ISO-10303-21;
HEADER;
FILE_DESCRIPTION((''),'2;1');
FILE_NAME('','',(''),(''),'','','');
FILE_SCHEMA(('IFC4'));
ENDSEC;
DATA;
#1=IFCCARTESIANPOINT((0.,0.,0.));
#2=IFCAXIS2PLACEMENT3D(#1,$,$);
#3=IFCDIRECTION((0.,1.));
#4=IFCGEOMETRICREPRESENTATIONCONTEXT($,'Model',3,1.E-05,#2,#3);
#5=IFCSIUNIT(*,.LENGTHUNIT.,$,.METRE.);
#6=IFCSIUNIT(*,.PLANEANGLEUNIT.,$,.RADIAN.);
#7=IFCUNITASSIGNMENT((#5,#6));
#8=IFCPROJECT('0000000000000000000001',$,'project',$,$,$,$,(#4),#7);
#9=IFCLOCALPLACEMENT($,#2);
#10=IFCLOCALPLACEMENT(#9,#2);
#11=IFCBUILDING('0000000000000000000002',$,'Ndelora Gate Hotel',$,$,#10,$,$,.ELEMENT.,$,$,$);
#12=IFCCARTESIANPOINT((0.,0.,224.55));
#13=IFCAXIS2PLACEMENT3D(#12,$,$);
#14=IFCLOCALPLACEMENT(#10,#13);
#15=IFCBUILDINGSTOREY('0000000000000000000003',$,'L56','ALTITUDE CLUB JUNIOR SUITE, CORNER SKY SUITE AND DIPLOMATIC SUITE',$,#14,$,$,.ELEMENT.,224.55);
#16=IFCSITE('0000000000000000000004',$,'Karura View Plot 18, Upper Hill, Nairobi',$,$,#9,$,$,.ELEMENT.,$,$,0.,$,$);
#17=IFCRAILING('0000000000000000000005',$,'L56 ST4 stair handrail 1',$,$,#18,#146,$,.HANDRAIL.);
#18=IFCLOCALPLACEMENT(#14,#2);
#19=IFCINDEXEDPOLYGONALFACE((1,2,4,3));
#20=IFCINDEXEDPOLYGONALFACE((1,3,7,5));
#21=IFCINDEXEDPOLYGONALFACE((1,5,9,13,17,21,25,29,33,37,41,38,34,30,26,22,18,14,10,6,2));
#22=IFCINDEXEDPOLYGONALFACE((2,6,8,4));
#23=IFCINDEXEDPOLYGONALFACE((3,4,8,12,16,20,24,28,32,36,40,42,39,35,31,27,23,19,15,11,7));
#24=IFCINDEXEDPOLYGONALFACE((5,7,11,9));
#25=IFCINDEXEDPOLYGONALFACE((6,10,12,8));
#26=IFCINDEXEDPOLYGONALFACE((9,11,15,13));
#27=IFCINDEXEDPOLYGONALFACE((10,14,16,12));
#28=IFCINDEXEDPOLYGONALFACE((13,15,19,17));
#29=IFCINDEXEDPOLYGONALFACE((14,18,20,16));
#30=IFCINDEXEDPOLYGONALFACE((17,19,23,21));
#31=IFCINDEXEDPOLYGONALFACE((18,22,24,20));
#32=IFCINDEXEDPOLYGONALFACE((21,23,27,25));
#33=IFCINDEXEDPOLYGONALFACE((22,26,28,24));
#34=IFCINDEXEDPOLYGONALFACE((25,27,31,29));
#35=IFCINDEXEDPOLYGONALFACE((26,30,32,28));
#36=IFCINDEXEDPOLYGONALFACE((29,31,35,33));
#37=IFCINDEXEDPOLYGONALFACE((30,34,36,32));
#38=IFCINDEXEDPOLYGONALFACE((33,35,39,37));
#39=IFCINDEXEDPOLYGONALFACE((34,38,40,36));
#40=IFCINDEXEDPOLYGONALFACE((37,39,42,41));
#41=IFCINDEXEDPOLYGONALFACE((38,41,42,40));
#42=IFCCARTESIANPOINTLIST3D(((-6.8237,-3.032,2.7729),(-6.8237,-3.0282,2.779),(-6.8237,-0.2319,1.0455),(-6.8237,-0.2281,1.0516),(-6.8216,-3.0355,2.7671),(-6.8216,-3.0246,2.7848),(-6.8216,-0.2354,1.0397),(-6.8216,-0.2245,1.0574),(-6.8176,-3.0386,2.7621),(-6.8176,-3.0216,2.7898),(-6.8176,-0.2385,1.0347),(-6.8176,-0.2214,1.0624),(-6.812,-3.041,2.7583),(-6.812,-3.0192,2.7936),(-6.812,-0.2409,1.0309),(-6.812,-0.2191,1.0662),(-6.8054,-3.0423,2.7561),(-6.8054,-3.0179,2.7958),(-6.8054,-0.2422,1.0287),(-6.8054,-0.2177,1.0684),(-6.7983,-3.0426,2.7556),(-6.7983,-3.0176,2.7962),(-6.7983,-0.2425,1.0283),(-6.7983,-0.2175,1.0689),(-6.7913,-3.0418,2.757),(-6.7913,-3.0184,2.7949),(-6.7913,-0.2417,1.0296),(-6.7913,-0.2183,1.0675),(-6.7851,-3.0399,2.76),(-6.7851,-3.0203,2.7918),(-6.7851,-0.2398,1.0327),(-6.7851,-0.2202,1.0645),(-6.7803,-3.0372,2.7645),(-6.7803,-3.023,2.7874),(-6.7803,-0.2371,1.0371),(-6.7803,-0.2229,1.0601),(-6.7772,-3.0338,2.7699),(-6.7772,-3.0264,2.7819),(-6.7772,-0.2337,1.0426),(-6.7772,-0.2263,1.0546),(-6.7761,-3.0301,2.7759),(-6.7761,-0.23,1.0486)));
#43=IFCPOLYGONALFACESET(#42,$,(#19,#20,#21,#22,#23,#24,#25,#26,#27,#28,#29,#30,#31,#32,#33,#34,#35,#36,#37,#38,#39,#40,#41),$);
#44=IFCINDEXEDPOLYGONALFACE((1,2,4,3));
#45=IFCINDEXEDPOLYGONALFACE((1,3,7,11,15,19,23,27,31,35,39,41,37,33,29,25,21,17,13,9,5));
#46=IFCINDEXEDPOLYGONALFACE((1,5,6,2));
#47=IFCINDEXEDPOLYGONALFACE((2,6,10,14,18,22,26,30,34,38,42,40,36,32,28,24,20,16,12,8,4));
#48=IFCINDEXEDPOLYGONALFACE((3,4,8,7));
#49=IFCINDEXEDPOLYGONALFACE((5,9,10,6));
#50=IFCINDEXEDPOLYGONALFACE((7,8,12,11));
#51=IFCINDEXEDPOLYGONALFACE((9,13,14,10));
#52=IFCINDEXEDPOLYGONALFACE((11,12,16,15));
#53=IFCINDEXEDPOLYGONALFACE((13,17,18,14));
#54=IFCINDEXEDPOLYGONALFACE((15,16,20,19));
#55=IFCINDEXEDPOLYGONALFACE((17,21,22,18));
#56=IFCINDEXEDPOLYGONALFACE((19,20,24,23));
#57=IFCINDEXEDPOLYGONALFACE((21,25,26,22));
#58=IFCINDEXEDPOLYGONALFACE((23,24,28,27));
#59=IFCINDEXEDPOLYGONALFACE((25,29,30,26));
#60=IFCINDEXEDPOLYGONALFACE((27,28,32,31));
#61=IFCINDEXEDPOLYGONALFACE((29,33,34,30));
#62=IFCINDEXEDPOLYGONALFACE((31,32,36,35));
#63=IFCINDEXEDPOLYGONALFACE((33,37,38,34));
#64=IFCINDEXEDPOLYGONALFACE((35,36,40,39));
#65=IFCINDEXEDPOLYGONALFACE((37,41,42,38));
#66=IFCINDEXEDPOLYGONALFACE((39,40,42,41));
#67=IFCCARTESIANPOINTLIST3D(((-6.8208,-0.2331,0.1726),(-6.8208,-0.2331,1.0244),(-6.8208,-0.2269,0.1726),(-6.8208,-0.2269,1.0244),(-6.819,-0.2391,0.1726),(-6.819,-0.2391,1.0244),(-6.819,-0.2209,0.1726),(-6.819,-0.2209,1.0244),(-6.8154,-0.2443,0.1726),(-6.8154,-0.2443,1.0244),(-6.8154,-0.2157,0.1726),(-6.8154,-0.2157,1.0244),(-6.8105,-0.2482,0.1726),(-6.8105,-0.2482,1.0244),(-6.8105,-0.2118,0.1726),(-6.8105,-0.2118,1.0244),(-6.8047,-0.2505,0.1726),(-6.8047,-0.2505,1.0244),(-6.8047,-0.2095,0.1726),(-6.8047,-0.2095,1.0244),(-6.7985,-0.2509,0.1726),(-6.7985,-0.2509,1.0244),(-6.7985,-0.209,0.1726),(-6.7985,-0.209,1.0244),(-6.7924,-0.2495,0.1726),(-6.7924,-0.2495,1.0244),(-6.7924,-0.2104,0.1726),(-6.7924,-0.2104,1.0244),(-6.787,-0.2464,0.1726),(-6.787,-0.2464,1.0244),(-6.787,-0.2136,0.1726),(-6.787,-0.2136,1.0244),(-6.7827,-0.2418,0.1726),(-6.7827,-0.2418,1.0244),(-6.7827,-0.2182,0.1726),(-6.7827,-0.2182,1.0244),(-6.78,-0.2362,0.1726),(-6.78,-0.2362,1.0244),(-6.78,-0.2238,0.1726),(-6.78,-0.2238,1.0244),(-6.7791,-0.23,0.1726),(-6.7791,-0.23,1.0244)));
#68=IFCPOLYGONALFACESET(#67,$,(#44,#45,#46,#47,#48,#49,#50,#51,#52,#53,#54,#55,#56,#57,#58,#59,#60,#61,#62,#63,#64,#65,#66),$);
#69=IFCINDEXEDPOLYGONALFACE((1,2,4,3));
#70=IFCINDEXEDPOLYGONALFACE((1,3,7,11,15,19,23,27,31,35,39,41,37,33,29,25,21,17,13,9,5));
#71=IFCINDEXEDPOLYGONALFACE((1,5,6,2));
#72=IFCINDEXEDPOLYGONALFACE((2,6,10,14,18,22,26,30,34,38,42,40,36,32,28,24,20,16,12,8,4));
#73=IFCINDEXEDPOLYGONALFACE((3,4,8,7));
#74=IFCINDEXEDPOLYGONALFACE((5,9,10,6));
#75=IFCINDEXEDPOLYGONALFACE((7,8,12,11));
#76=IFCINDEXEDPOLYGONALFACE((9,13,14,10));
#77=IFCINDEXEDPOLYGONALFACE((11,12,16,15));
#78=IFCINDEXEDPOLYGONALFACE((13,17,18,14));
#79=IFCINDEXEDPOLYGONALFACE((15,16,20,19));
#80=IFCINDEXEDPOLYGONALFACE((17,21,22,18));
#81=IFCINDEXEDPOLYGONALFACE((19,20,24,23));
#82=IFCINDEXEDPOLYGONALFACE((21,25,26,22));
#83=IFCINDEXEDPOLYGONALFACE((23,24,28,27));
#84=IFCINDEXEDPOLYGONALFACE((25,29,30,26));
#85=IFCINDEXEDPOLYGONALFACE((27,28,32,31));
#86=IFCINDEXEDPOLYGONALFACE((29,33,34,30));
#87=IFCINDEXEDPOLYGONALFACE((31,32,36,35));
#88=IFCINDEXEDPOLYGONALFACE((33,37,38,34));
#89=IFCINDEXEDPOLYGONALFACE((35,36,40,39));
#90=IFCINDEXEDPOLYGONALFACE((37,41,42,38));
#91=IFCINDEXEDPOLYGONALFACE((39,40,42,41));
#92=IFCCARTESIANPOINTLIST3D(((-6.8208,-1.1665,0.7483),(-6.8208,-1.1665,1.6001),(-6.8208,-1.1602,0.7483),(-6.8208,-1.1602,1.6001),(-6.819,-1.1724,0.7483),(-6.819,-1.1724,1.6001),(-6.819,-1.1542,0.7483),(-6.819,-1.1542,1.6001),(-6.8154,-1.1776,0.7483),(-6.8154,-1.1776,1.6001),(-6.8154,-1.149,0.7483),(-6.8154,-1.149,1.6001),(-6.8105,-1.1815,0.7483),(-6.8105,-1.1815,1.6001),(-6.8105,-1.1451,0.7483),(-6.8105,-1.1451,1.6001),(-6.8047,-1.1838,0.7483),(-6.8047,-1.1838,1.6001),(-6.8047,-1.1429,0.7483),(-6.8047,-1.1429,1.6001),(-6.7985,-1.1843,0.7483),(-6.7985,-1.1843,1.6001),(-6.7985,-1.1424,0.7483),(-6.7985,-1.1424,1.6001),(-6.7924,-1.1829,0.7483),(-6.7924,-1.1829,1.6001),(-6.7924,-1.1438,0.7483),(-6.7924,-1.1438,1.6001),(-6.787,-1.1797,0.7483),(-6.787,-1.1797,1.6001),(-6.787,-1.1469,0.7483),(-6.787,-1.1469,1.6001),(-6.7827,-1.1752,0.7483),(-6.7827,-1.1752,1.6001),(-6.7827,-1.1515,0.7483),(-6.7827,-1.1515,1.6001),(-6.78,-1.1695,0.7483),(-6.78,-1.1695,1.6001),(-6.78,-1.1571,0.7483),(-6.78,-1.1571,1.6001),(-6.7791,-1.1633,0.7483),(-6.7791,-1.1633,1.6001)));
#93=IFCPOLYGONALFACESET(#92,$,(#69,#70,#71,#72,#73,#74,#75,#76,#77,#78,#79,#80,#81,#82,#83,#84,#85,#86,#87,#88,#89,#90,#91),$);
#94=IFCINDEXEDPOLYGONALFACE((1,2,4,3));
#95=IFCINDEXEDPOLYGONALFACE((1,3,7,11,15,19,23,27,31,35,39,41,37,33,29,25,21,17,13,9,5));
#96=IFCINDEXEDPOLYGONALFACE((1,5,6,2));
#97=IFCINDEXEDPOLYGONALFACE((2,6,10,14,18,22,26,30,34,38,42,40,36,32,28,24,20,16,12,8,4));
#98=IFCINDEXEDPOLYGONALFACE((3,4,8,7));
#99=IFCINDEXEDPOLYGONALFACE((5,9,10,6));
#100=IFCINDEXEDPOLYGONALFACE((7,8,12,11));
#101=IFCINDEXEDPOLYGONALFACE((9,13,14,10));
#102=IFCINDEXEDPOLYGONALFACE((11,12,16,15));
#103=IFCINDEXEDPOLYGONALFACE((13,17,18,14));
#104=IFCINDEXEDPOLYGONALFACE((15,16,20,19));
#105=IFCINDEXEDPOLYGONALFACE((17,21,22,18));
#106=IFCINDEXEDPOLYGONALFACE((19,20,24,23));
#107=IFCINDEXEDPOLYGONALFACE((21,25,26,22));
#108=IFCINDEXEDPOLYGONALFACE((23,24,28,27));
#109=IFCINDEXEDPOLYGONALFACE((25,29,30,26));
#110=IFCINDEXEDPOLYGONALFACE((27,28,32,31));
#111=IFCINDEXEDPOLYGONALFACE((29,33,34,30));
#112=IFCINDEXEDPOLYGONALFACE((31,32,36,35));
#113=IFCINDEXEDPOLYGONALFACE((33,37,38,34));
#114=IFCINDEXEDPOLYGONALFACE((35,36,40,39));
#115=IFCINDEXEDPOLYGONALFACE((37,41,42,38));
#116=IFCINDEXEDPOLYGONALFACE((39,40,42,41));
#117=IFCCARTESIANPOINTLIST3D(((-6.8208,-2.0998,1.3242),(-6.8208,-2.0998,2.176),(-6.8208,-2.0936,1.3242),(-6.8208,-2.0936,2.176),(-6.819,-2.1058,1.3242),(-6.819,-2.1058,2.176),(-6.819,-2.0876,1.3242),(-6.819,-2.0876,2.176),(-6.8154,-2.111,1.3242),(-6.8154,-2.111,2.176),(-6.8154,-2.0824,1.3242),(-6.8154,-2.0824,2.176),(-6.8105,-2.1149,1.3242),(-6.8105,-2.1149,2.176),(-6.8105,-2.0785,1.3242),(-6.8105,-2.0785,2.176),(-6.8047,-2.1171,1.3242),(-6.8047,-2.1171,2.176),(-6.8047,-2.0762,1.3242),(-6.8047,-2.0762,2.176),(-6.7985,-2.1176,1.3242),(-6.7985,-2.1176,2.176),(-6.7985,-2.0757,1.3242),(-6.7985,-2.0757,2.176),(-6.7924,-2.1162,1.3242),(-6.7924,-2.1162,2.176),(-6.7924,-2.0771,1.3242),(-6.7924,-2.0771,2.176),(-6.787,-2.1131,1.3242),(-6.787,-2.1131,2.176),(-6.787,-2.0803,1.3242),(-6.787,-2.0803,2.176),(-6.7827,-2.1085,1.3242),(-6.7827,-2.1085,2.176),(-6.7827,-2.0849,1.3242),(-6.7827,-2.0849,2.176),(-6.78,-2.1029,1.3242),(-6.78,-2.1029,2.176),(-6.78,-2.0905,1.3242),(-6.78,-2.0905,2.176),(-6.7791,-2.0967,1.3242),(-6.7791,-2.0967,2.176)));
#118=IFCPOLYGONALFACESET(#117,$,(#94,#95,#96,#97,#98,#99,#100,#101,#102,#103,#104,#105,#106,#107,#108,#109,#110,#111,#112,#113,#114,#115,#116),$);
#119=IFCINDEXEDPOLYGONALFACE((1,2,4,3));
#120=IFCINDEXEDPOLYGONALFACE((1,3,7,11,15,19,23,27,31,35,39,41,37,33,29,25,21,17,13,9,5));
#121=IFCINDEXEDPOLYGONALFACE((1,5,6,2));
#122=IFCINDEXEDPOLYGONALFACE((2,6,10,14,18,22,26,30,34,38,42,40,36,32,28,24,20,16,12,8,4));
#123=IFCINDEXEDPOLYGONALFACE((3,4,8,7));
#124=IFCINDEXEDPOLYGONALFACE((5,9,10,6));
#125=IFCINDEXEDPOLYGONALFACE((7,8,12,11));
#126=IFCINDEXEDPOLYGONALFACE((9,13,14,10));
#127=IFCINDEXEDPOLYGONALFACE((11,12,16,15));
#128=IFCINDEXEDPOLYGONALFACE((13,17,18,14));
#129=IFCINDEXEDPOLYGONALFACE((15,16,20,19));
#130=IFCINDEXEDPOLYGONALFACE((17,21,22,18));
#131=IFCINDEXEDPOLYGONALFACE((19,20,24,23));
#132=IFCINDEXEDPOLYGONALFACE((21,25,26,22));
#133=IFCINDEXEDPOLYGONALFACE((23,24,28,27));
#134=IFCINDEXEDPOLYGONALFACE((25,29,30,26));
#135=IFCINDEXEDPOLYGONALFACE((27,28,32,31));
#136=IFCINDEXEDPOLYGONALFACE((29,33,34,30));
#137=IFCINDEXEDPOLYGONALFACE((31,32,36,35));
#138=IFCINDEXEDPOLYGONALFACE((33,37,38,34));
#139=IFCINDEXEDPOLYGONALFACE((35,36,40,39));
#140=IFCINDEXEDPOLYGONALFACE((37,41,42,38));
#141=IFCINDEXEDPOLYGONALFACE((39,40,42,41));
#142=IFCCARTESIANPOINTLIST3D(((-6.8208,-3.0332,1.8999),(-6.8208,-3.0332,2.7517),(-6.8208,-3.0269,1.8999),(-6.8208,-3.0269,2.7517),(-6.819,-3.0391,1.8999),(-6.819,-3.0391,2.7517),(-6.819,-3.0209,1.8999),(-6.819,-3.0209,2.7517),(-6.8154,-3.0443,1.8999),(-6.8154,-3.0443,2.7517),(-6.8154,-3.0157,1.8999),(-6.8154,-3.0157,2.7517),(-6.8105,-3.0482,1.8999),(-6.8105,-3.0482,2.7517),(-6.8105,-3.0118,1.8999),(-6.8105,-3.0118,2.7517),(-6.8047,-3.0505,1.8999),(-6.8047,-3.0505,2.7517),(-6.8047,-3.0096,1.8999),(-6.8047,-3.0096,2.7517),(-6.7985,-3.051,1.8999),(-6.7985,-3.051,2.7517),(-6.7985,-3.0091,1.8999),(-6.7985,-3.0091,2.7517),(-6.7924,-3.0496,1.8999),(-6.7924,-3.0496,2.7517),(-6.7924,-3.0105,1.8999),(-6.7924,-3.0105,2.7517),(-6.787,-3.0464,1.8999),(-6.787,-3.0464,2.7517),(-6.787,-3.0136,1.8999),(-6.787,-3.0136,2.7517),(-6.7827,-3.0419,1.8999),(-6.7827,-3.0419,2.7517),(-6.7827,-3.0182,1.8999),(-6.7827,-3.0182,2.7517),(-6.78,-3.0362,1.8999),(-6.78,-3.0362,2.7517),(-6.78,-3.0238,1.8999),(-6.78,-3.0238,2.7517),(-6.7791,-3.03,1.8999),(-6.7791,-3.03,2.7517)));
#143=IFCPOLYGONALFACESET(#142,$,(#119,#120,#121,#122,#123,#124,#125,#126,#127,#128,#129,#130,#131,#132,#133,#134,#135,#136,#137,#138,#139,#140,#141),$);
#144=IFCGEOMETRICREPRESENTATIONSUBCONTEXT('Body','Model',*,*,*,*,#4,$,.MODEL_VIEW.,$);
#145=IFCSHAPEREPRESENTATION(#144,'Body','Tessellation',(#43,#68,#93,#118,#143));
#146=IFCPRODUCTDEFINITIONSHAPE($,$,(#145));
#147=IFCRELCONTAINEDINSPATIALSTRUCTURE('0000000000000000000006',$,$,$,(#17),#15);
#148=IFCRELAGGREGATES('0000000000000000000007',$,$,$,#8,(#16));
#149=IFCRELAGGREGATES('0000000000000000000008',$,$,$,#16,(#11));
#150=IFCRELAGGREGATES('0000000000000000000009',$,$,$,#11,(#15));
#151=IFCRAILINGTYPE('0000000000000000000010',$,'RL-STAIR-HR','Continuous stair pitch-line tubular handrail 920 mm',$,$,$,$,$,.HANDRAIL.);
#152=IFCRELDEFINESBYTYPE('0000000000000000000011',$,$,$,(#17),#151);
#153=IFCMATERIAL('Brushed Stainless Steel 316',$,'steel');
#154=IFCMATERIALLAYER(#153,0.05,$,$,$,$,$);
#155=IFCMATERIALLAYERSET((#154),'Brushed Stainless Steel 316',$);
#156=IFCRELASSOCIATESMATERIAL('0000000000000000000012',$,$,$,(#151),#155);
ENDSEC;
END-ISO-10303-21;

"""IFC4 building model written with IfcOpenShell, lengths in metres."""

from ifc_helpers import new_model, si_unit, direction, frame, origin, origin_2d, place, context, subcontext, project, spatial, circle, extrude, material, layer, layer_set, type_object, element, save


model = new_model("IFC4")

# Units and contexts
model_context = context("Model", 3, precision=1e-05, world=origin(), true_north=direction((0.0, 1.0)))
body_context = subcontext(model_context, "Body", "Model", "MODEL_VIEW")
ifc_project = project(units=[si_unit("LENGTHUNIT", "METRE"), si_unit("PLANEANGLEUNIT", "RADIAN")], contexts=[model_context])

# Site, building, storey
site_placement = place(None, origin())
site = spatial("IfcSite", under=ifc_project, at=site_placement, Name="Karura View Plot 18, Upper Hill, Nairobi", CompositionType="ELEMENT", RefElevation=0.0)
building_placement = place(site_placement, origin())
building = spatial("IfcBuilding", under=site, at=building_placement, Name="Ndelora Gate Hotel", CompositionType="ELEMENT")
storey_placement = place(building_placement, frame((0.0, 0.0, 224.55)))
storey = spatial("IfcBuildingStorey", under=building, at=storey_placement, Name="L56", Description="ALTITUDE CLUB JUNIOR SUITE, CORNER SKY SUITE AND DIPLOMATIC SUITE", CompositionType="ELEMENT", Elevation=224.55)

# Railing
ifc_material_1 = material(Name="Brushed Stainless Steel 316", Category="steel")
ifc_layer_1 = layer(ifc_material_1, 0.05)
ifc_layer_set_1 = layer_set([ifc_layer_1], Name="Brushed Stainless Steel 316")
railing_type_1 = type_object("IfcRailingType", Name="RL-STAIR-HR", Description="Continuous stair pitch-line tubular handrail 920 mm", PredefinedType="HANDRAIL", material=ifc_layer_set_1)
railing_1_placement = place(storey_placement, frame((-6.8, -0.23, 0.1726)))
element("IfcRailing", 1, at=railing_1_placement, inside=storey, type_object=railing_type_1, Name="L56 ST4 stair handrail 1", PredefinedType="HANDRAIL", context=body_context, shape_type="SweptSolid", body=[
    extrude(circle(Radius=0.0239, at=origin_2d()), frame((0.0, 0.0, 0.876), z_axis=(0.0, -0.85109, 0.52502), x_axis=(1.0, 0.0, 0.0)), (0.0, 0.0, 1.0), 3.29),
    extrude(circle(Radius=0.021, at=origin_2d()), origin(), (0.0, 0.0, 1.0), 0.8518),
    extrude(circle(Radius=0.021, at=origin_2d()), frame((0.0, -0.9333, 0.5757)), (0.0, 0.0, 1.0), 0.8518),
    extrude(circle(Radius=0.021, at=origin_2d()), frame((0.0, -1.8667, 1.1516)), (0.0, 0.0, 1.0), 0.8518),
    extrude(circle(Radius=0.021, at=origin_2d()), frame((0.0, -2.8, 1.7273)), (0.0, 0.0, 1.0), 0.8518),
])

save(model, "model.ifc")
